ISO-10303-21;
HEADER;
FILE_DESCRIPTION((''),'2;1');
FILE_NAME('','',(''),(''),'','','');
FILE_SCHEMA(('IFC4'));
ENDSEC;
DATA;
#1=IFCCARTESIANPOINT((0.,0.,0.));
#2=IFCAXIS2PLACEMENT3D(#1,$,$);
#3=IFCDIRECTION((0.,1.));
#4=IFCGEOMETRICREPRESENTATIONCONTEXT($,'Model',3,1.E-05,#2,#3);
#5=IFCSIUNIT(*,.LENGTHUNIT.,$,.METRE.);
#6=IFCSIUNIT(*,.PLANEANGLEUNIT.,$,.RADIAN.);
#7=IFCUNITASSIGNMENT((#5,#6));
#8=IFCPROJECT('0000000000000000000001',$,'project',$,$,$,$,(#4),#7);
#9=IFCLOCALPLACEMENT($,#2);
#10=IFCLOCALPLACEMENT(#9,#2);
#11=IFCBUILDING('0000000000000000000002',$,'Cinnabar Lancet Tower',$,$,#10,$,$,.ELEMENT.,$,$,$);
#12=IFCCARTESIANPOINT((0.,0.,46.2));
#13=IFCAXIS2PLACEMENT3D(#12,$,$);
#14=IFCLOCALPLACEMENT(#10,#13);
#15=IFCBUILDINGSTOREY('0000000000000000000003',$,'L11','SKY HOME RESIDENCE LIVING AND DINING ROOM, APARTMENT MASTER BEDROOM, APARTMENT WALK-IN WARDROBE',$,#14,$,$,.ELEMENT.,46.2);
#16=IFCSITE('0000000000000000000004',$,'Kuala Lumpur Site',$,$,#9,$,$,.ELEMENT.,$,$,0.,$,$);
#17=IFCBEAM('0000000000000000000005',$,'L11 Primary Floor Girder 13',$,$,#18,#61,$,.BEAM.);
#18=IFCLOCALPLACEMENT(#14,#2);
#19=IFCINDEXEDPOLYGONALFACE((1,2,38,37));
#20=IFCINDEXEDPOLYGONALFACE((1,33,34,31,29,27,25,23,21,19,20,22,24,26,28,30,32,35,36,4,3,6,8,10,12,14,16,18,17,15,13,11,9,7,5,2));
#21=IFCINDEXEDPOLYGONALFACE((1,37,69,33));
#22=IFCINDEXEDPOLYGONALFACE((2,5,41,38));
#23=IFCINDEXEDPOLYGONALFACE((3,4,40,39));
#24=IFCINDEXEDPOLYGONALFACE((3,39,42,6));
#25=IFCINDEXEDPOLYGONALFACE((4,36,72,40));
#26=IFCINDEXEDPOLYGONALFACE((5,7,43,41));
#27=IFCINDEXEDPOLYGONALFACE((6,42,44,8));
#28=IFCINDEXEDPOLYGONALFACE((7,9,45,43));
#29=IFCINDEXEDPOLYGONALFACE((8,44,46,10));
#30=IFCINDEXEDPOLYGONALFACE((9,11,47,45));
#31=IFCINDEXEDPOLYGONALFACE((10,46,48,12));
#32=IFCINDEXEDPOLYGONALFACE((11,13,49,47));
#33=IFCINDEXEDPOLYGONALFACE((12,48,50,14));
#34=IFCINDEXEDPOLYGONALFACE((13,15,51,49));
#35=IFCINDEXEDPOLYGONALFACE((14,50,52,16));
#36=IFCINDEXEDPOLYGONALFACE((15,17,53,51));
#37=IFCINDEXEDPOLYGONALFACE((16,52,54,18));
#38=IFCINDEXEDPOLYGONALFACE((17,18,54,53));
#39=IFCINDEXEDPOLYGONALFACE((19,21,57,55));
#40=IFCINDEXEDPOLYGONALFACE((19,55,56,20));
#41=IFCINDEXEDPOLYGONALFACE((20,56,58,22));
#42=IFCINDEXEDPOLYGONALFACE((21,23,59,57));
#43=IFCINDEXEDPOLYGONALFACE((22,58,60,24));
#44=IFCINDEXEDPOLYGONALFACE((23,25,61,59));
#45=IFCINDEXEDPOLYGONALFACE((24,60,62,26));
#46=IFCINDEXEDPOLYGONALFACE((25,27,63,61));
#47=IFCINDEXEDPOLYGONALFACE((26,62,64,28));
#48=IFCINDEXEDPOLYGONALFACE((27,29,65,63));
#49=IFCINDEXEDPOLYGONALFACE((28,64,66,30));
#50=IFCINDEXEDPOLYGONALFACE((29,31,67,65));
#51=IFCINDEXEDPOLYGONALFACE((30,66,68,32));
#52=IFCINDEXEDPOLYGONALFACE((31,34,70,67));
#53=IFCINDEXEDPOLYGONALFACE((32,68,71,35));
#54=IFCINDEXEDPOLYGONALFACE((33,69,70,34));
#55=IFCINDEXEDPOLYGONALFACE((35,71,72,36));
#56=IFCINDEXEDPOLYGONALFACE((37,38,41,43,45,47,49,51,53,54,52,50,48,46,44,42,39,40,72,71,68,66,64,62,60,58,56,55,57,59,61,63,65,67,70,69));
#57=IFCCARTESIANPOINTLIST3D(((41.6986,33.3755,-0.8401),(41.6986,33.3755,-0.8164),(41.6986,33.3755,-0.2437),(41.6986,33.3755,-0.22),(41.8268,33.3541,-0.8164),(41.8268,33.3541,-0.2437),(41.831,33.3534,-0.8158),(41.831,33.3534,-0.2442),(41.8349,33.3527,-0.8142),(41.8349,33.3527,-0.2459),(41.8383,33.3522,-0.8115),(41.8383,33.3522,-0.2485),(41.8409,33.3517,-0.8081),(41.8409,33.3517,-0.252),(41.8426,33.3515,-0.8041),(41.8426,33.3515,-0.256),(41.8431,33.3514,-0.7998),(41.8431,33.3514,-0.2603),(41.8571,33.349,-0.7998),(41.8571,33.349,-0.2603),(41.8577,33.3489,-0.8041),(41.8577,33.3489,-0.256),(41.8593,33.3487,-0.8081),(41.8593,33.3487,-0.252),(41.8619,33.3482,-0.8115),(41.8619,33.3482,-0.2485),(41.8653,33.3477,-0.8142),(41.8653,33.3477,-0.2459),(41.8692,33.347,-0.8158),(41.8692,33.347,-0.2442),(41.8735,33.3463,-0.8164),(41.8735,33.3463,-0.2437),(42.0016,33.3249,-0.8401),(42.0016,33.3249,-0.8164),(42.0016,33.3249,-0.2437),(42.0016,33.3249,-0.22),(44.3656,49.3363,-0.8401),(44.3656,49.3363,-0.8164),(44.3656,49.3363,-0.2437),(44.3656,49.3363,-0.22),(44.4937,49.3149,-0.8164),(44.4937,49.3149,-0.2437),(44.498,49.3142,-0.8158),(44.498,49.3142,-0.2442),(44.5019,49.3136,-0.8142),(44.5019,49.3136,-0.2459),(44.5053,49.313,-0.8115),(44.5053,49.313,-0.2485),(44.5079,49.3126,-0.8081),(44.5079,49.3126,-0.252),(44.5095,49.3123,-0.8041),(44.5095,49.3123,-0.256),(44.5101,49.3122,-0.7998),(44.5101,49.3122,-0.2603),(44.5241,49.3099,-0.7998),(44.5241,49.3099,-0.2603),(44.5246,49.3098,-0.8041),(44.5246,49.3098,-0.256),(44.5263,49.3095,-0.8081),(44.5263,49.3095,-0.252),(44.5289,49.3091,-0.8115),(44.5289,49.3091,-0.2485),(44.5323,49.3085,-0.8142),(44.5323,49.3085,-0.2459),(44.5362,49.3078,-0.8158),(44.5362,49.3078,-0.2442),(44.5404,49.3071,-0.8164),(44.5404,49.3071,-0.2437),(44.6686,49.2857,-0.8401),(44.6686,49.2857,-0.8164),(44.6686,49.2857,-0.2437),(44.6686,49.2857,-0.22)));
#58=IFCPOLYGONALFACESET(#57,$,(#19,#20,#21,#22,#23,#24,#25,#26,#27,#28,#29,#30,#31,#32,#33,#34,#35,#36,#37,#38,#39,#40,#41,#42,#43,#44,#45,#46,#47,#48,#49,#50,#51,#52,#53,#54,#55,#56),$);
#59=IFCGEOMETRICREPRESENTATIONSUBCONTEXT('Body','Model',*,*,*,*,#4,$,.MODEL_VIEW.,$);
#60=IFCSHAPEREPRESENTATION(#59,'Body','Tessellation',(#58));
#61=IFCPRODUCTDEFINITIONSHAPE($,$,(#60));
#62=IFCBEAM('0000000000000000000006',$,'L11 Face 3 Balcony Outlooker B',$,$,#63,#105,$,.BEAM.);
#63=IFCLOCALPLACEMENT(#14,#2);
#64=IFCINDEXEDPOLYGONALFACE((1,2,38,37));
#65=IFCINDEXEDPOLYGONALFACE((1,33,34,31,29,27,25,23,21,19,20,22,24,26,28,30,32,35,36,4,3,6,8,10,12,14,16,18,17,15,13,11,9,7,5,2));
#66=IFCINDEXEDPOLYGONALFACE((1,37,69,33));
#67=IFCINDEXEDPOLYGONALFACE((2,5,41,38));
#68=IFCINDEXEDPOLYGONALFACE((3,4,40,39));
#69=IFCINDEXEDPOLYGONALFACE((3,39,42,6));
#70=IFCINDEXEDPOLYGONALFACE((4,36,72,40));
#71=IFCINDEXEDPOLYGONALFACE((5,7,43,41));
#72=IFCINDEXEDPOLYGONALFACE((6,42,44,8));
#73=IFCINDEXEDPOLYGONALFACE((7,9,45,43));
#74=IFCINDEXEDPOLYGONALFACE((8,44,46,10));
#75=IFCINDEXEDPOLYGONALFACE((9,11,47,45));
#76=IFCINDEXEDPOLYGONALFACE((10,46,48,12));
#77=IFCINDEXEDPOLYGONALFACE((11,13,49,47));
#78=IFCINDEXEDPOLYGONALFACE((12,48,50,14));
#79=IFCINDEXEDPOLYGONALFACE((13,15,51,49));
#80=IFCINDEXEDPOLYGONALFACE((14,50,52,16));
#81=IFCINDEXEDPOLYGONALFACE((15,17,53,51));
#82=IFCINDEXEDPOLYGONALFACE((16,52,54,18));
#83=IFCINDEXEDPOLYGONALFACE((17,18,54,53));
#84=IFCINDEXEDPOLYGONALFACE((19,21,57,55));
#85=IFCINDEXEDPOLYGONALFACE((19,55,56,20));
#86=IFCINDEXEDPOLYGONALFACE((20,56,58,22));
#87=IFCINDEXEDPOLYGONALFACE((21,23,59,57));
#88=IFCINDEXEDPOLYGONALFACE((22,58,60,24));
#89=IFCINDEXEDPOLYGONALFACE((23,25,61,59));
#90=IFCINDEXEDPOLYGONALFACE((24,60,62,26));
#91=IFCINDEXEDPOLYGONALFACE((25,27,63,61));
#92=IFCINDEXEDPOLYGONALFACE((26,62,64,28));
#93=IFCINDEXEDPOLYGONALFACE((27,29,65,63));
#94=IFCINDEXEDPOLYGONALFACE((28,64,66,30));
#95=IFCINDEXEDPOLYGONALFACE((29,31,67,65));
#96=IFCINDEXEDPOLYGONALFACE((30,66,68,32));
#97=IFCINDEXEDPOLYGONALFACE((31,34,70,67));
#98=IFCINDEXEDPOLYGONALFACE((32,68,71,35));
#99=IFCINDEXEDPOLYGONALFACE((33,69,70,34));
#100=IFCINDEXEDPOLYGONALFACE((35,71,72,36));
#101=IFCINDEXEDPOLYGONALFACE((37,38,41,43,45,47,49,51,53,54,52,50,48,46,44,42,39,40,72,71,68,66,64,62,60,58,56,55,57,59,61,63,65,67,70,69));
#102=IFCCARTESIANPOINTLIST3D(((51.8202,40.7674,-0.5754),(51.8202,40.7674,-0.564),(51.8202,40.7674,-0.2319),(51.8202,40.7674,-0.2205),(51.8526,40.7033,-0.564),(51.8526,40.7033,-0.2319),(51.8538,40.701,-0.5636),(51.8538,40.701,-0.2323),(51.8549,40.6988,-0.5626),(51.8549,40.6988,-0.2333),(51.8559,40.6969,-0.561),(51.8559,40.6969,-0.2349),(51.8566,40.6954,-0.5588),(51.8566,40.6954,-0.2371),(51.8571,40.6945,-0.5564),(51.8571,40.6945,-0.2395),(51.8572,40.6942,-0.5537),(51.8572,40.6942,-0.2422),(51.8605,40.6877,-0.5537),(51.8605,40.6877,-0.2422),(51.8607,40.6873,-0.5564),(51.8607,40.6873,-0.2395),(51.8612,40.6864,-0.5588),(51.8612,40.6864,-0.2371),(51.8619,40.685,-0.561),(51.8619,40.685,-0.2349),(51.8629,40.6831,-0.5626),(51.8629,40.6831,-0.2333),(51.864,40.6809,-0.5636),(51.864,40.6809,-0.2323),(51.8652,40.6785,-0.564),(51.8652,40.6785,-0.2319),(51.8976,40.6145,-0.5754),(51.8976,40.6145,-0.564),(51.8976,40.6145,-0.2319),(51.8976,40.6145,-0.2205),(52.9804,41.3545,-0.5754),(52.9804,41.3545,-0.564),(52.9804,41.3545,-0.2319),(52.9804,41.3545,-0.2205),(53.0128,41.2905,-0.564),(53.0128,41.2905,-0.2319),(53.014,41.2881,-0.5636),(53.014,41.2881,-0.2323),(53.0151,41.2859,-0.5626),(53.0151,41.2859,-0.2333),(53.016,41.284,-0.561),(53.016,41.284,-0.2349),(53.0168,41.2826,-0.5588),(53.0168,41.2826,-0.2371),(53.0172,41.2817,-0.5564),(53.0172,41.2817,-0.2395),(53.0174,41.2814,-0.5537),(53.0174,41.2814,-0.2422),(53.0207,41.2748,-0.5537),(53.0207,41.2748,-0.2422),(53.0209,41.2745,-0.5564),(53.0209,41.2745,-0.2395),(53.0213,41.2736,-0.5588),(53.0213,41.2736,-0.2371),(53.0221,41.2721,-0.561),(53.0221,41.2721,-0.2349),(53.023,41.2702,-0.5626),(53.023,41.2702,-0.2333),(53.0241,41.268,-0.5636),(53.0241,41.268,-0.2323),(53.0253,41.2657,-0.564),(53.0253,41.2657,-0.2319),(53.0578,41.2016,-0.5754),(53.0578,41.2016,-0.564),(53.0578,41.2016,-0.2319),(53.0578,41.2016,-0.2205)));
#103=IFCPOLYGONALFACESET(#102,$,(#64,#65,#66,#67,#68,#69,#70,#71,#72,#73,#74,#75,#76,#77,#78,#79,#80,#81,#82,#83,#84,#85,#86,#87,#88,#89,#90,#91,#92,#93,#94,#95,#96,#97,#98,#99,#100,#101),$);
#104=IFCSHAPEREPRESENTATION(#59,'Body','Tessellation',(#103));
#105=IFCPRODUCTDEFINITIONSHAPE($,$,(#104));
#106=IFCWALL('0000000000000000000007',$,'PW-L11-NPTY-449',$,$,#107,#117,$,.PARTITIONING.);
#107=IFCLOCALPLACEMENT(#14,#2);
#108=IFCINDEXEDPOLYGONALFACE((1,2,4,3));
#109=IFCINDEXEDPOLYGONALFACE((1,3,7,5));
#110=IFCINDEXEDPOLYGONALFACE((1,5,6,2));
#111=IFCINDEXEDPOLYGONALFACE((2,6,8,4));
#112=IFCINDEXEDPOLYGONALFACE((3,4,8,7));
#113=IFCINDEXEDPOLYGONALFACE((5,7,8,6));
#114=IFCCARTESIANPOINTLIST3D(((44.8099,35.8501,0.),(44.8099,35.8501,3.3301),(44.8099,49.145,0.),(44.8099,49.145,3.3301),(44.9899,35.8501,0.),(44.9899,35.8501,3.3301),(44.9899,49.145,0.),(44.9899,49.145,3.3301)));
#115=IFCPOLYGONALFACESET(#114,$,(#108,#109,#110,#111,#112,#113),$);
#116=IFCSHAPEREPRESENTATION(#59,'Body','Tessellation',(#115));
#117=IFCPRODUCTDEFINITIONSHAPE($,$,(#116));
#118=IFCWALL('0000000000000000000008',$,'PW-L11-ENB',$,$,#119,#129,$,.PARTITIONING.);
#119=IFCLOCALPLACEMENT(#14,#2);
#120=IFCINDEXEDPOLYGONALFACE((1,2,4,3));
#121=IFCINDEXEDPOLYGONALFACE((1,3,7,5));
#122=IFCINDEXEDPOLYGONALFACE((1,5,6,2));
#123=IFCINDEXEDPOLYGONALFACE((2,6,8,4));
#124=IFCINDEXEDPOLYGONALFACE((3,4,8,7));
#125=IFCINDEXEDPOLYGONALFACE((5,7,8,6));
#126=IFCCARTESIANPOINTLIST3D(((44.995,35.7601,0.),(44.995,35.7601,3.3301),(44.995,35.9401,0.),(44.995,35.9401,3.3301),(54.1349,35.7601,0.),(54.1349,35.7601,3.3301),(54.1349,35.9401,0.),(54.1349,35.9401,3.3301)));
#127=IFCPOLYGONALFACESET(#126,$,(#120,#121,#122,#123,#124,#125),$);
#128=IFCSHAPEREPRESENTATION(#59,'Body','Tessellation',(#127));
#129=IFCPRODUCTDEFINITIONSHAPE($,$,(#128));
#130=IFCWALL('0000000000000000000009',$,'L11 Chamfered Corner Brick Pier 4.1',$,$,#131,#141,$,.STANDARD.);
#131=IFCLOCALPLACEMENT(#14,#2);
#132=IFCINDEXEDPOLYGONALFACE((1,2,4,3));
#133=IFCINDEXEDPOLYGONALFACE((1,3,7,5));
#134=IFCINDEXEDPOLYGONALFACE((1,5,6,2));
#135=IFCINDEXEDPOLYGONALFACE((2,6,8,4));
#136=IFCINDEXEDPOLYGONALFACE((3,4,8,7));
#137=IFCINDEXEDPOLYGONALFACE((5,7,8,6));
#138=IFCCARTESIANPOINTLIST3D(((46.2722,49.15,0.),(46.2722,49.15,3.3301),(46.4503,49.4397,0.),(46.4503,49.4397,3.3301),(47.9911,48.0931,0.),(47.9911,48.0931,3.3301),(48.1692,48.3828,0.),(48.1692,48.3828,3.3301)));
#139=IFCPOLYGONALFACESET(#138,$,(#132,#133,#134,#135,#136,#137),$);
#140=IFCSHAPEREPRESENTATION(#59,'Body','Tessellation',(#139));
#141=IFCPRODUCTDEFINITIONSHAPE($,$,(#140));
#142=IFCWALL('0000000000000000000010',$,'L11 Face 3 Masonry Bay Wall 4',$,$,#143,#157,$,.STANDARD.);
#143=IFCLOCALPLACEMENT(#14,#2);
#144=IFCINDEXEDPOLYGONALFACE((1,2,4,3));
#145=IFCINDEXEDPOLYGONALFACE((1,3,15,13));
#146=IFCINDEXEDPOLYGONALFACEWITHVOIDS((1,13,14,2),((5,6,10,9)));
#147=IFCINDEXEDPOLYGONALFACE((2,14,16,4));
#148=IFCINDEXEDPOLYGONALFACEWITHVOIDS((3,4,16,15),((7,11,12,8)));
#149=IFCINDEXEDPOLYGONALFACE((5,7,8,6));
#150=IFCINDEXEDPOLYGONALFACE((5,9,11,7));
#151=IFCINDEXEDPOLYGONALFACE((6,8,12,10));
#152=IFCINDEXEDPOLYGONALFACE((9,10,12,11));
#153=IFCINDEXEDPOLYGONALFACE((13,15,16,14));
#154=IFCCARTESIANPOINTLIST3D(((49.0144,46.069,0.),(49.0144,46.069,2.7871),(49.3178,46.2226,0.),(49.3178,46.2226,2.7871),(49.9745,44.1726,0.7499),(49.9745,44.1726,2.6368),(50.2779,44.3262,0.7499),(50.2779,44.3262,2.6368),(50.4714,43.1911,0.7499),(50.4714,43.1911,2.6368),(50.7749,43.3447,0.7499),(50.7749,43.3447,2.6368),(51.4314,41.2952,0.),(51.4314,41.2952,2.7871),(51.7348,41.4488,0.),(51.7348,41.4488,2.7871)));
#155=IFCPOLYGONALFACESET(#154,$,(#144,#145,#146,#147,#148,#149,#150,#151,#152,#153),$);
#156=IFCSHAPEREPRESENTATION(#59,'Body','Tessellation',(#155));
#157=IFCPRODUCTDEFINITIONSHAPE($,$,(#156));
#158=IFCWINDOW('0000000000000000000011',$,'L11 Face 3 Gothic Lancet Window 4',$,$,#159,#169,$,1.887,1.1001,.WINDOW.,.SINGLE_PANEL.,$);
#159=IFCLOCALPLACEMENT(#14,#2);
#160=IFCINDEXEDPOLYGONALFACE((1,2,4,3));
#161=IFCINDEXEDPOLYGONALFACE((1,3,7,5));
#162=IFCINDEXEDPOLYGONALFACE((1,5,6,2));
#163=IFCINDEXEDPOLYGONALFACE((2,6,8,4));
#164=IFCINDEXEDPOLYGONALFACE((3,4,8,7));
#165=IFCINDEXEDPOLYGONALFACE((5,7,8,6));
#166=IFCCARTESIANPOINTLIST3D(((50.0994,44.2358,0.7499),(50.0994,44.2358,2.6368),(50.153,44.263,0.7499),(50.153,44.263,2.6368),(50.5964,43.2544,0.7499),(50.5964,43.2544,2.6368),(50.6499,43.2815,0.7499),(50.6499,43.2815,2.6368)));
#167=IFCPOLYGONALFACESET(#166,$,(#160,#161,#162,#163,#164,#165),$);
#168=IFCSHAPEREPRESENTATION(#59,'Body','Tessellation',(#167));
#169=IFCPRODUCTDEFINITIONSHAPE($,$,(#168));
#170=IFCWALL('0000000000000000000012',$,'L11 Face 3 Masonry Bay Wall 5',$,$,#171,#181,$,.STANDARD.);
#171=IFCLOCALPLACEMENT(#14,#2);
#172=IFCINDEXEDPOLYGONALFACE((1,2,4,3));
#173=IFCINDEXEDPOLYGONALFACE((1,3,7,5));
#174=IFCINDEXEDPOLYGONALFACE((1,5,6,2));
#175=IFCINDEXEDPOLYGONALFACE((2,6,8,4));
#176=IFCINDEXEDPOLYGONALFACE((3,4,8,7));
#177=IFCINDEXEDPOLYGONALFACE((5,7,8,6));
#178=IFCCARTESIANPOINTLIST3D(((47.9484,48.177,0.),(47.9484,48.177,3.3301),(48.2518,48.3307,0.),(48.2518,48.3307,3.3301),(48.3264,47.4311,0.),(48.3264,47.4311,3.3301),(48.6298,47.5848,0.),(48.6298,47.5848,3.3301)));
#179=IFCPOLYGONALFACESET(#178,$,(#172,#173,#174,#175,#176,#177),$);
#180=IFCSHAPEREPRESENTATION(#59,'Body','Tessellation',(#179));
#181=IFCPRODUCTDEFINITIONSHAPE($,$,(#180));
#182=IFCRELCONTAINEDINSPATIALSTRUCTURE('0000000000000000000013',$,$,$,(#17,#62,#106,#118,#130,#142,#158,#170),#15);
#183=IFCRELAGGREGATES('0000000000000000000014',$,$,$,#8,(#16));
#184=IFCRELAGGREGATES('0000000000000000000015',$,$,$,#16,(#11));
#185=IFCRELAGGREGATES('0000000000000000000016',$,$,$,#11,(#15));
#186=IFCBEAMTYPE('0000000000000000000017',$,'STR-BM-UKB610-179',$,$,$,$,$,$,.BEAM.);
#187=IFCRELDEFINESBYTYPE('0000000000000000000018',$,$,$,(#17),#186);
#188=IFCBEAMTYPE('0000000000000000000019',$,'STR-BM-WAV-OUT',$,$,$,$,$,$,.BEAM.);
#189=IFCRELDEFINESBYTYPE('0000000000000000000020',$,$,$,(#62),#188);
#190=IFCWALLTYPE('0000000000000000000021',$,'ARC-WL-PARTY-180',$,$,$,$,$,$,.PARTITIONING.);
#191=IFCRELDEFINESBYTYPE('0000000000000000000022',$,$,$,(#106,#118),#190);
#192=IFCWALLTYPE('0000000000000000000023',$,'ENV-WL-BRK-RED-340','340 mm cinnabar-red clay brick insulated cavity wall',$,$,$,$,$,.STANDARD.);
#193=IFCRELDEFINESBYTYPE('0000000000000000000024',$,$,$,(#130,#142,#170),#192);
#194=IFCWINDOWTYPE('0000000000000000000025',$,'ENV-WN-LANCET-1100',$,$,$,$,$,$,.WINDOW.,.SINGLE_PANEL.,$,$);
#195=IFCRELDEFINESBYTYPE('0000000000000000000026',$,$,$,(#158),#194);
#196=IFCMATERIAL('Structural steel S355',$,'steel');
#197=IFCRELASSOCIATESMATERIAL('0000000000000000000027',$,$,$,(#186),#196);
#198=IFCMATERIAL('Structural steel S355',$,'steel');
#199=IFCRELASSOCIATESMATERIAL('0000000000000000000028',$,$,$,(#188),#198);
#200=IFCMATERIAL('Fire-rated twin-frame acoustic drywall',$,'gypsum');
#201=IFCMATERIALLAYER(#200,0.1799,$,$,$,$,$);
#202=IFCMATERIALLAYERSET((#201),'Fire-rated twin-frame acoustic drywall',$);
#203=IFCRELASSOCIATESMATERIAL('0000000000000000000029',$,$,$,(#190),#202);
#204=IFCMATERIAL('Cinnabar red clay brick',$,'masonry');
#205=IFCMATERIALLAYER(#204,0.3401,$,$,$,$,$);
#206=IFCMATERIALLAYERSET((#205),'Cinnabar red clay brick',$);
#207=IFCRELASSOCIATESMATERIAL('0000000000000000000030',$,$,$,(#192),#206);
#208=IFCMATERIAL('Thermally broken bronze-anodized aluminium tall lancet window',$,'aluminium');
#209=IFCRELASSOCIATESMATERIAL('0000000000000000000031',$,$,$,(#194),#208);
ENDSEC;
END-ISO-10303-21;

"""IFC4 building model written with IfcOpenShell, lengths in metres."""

from ifc_helpers import new_model, si_unit, direction, frame, frame_2d, origin, origin_2d, place, context, subcontext, project, spatial, rectangle, i_section, extrude, material, layer, layer_set, material_profile, profile_set, type_object, element, fill, save


model = new_model("IFC4")

# Units and contexts
model_context = context("Model", 3, precision=1e-05, world=origin(), true_north=direction((0.0, 1.0)))
body_context = subcontext(model_context, "Body", "Model", "MODEL_VIEW")
ifc_project = project(units=[si_unit("LENGTHUNIT", "METRE"), si_unit("PLANEANGLEUNIT", "RADIAN")], contexts=[model_context])

# Site, building, storey
site_placement = place(None, origin())
site = spatial("IfcSite", under=ifc_project, at=site_placement, Name="Kuala Lumpur Site", CompositionType="ELEMENT", RefElevation=0.0)
building_placement = place(site_placement, origin())
building = spatial("IfcBuilding", under=site, at=building_placement, Name="Cinnabar Lancet Tower", CompositionType="ELEMENT")
storey_placement = place(building_placement, frame((0.0, 0.0, 46.2)))
storey = spatial("IfcBuildingStorey", under=building, at=storey_placement, Name="L11", Description="SKY HOME RESIDENCE LIVING AND DINING ROOM, APARTMENT MASTER BEDROOM, APARTMENT WALK-IN WARDROBE", CompositionType="ELEMENT", Elevation=46.2)

# Beams
ifc_material_1 = material(Name="Structural steel S355", Category="steel")
ifc_material_profile_1 = material_profile(ifc_material_1, i_section(OverallWidth=0.3071, OverallDepth=0.6201, WebThickness=0.0142, FlangeThickness=0.0237, FilletRadius=0.0166, at=origin_2d()), Name="UKB 610x305x179")
ifc_profile_set_1 = profile_set([ifc_material_profile_1], Name="Structural steel S355")
beam_type_1 = type_object("IfcBeamType", Name="STR-BM-UKB610-179", PredefinedType="BEAM", material=ifc_profile_set_1)
beam_1_placement = place(storey_placement, frame((44.5171, 49.311, -0.53), z_axis=(-0.16481, -0.986325, 0.0), x_axis=(0.986325, -0.16481, 0.0)))
element("IfcBeam", 1, at=beam_1_placement, inside=storey, type_object=beam_type_1, Name="L11 Primary Floor Girder 13", PredefinedType="BEAM", context=body_context, shape_type="SweptSolid", body=[
    extrude(i_section(OverallWidth=0.3071, OverallDepth=0.6201, WebThickness=0.0142, FlangeThickness=0.0237, FilletRadius=0.0166, at=origin_2d()), origin(), (0.0, 0.0, 1.0), 16.1821),
])
ifc_material_2 = material(Name="Structural steel S355", Category="steel")
ifc_material_profile_2 = material_profile(ifc_material_2, i_section(OverallWidth=0.1714, OverallDepth=0.355, WebThickness=0.0073, FlangeThickness=0.0115, FilletRadius=0.0103, at=origin_2d()), Name="UKB 356x171x51")
ifc_profile_set_2 = profile_set([ifc_material_profile_2], Name="Structural steel S355")
beam_type_2 = type_object("IfcBeamType", Name="STR-BM-WAV-OUT", PredefinedType="BEAM", material=ifc_profile_set_2)
beam_2_placement = place(storey_placement, frame((51.8589, 40.6909, -0.3979), z_axis=(0.892239, 0.451564, 0.0), x_axis=(-0.451564, 0.892239, 0.0)))
element("IfcBeam", 2, at=beam_2_placement, inside=storey, type_object=beam_type_2, Name="L11 Face 3 Balcony Outlooker B", PredefinedType="BEAM", context=body_context, shape_type="SweptSolid", body=[
    extrude(i_section(OverallWidth=0.1714, OverallDepth=0.355, WebThickness=0.0073, FlangeThickness=0.0115, FilletRadius=0.0103, at=origin_2d()), origin(), (0.0, 0.0, 1.0), 1.3003),
])

# Walls
ifc_material_3 = material(Name="Fire-rated twin-frame acoustic drywall", Category="gypsum")
ifc_layer_1 = layer(ifc_material_3, 0.1799)
ifc_layer_set_1 = layer_set([ifc_layer_1], Name="Fire-rated twin-frame acoustic drywall")
wall_type_1 = type_object("IfcWallType", Name="ARC-WL-PARTY-180", PredefinedType="PARTITIONING", material=ifc_layer_set_1)
wall_1_placement = place(storey_placement, frame((44.8999, 35.8501, 0.0), z_axis=(0.0, 0.0, 1.0), x_axis=(0.0, 1.0, 0.0)))
element("IfcWall", 3, at=wall_1_placement, inside=storey, type_object=wall_type_1, Name="PW-L11-NPTY-449", PredefinedType="PARTITIONING", context=body_context, shape_type="SweptSolid", body=[
    extrude(rectangle(XDim=13.2949, YDim=0.1799, at=frame_2d((6.6475, 0.0))), origin(), (0.0, 0.0, 1.0), 3.3301),
])
wall_2_placement = place(storey_placement, frame((44.9951, 35.8501, 0.0), z_axis=(0.0, 0.0, 1.0), x_axis=(1.0, 0.0, 0.0)))
element("IfcWall", 4, at=wall_2_placement, inside=storey, type_object=wall_type_1, Name="PW-L11-ENB", PredefinedType="PARTITIONING", context=body_context, shape_type="SweptSolid", body=[
    extrude(rectangle(XDim=9.1399, YDim=0.1799, at=frame_2d((4.5698, 0.0))), origin(), (0.0, 0.0, 1.0), 3.3301),
])
ifc_material_4 = material(Name="Cinnabar red clay brick", Category="masonry")
ifc_layer_2 = layer(ifc_material_4, 0.3401)
ifc_layer_set_2 = layer_set([ifc_layer_2], Name="Cinnabar red clay brick")
wall_type_2 = type_object("IfcWallType", Name="ENV-WL-BRK-RED-340", Description="340 mm cinnabar-red clay brick insulated cavity wall", PredefinedType="STANDARD", material=ifc_layer_set_2)
wall_3_placement = place(storey_placement, frame((48.0801, 48.238, 0.0), z_axis=(0.0, 0.0, 1.0), x_axis=(-0.85187, 0.523753, 0.0)))
element("IfcWall", 5, at=wall_3_placement, inside=storey, type_object=wall_type_2, Name="L11 Chamfered Corner Brick Pier 4.1", PredefinedType="STANDARD", context=body_context, shape_type="SweptSolid", body=[
    extrude(rectangle(XDim=2.0178, YDim=0.3401, at=frame_2d((1.0088, 0.0))), origin(), (0.0, 0.0, 1.0), 3.3301),
])

# Wall, opening, window
wall_4_placement = place(storey_placement, frame((51.583, 41.3721, 0.0), z_axis=(0.0, 0.0, 1.0), x_axis=(-0.451698, 0.892171, 0.0)))
wall_4 = element("IfcWall", 6, at=wall_4_placement, inside=storey, type_object=wall_type_2, Name="L11 Face 3 Masonry Bay Wall 4", PredefinedType="STANDARD", context=body_context, shape_type="SweptSolid", body=[
    extrude(rectangle(XDim=5.3508, YDim=0.3401, at=frame_2d((2.6753, 0.0))), origin(), (0.0, 0.0, 1.0), 2.7871),
])
opening_placement = place(wall_4_placement, frame((2.125, 0.0, 0.75)))
opening = element("IfcOpeningElement", 7, at=opening_placement, cuts=wall_4, PredefinedType="OPENING", context=body_context, shape_type="SweptSolid", body=[
    extrude(rectangle(XDim=1.1001, YDim=1.887, at=frame_2d((0.55, 0.9434))), frame((0.0, 0.1799, 0.0), z_axis=(0.0, -1.0, 0.0), x_axis=(1.0, 0.0, 0.0)), (0.0, 0.0, 1.0), 0.3601),
])
ifc_material_5 = material(Name="Thermally broken bronze-anodized aluminium tall lancet window", Category="aluminium")
window_type = type_object("IfcWindowType", Name="ENV-WN-LANCET-1100", PartitioningType="SINGLE_PANEL", PredefinedType="WINDOW", material=ifc_material_5)
window_placement = place(opening_placement, origin())
window = element("IfcWindow", 8, at=window_placement, inside=storey, type_object=window_type, Name="L11 Face 3 Gothic Lancet Window 4", OverallHeight=1.887, OverallWidth=1.1001, PartitioningType="SINGLE_PANEL", PredefinedType="WINDOW", context=body_context, shape_type="SweptSolid", body=[
    extrude(rectangle(XDim=1.1001, YDim=1.887, at=frame_2d((0.55, 0.9434))), frame((0.0, 0.03, 0.0), z_axis=(0.0, -1.0, 0.0), x_axis=(1.0, 0.0, 0.0)), (0.0, 0.0, 1.0), 0.0601),
])
fill(opening, window)

# Wall
wall_5_placement = place(storey_placement, frame((48.478, 47.5081, 0.0), z_axis=(0.0, 0.0, 1.0), x_axis=(-0.451996, 0.89202, 0.0)))
element("IfcWall", 9, at=wall_5_placement, inside=storey, type_object=wall_type_2, Name="L11 Face 3 Masonry Bay Wall 5", PredefinedType="STANDARD", context=body_context, shape_type="SweptSolid", body=[
    extrude(rectangle(XDim=0.8362, YDim=0.3401, at=frame_2d((0.418, 0.0))), origin(), (0.0, 0.0, 1.0), 3.3301),
])

save(model, "model.ifc")
